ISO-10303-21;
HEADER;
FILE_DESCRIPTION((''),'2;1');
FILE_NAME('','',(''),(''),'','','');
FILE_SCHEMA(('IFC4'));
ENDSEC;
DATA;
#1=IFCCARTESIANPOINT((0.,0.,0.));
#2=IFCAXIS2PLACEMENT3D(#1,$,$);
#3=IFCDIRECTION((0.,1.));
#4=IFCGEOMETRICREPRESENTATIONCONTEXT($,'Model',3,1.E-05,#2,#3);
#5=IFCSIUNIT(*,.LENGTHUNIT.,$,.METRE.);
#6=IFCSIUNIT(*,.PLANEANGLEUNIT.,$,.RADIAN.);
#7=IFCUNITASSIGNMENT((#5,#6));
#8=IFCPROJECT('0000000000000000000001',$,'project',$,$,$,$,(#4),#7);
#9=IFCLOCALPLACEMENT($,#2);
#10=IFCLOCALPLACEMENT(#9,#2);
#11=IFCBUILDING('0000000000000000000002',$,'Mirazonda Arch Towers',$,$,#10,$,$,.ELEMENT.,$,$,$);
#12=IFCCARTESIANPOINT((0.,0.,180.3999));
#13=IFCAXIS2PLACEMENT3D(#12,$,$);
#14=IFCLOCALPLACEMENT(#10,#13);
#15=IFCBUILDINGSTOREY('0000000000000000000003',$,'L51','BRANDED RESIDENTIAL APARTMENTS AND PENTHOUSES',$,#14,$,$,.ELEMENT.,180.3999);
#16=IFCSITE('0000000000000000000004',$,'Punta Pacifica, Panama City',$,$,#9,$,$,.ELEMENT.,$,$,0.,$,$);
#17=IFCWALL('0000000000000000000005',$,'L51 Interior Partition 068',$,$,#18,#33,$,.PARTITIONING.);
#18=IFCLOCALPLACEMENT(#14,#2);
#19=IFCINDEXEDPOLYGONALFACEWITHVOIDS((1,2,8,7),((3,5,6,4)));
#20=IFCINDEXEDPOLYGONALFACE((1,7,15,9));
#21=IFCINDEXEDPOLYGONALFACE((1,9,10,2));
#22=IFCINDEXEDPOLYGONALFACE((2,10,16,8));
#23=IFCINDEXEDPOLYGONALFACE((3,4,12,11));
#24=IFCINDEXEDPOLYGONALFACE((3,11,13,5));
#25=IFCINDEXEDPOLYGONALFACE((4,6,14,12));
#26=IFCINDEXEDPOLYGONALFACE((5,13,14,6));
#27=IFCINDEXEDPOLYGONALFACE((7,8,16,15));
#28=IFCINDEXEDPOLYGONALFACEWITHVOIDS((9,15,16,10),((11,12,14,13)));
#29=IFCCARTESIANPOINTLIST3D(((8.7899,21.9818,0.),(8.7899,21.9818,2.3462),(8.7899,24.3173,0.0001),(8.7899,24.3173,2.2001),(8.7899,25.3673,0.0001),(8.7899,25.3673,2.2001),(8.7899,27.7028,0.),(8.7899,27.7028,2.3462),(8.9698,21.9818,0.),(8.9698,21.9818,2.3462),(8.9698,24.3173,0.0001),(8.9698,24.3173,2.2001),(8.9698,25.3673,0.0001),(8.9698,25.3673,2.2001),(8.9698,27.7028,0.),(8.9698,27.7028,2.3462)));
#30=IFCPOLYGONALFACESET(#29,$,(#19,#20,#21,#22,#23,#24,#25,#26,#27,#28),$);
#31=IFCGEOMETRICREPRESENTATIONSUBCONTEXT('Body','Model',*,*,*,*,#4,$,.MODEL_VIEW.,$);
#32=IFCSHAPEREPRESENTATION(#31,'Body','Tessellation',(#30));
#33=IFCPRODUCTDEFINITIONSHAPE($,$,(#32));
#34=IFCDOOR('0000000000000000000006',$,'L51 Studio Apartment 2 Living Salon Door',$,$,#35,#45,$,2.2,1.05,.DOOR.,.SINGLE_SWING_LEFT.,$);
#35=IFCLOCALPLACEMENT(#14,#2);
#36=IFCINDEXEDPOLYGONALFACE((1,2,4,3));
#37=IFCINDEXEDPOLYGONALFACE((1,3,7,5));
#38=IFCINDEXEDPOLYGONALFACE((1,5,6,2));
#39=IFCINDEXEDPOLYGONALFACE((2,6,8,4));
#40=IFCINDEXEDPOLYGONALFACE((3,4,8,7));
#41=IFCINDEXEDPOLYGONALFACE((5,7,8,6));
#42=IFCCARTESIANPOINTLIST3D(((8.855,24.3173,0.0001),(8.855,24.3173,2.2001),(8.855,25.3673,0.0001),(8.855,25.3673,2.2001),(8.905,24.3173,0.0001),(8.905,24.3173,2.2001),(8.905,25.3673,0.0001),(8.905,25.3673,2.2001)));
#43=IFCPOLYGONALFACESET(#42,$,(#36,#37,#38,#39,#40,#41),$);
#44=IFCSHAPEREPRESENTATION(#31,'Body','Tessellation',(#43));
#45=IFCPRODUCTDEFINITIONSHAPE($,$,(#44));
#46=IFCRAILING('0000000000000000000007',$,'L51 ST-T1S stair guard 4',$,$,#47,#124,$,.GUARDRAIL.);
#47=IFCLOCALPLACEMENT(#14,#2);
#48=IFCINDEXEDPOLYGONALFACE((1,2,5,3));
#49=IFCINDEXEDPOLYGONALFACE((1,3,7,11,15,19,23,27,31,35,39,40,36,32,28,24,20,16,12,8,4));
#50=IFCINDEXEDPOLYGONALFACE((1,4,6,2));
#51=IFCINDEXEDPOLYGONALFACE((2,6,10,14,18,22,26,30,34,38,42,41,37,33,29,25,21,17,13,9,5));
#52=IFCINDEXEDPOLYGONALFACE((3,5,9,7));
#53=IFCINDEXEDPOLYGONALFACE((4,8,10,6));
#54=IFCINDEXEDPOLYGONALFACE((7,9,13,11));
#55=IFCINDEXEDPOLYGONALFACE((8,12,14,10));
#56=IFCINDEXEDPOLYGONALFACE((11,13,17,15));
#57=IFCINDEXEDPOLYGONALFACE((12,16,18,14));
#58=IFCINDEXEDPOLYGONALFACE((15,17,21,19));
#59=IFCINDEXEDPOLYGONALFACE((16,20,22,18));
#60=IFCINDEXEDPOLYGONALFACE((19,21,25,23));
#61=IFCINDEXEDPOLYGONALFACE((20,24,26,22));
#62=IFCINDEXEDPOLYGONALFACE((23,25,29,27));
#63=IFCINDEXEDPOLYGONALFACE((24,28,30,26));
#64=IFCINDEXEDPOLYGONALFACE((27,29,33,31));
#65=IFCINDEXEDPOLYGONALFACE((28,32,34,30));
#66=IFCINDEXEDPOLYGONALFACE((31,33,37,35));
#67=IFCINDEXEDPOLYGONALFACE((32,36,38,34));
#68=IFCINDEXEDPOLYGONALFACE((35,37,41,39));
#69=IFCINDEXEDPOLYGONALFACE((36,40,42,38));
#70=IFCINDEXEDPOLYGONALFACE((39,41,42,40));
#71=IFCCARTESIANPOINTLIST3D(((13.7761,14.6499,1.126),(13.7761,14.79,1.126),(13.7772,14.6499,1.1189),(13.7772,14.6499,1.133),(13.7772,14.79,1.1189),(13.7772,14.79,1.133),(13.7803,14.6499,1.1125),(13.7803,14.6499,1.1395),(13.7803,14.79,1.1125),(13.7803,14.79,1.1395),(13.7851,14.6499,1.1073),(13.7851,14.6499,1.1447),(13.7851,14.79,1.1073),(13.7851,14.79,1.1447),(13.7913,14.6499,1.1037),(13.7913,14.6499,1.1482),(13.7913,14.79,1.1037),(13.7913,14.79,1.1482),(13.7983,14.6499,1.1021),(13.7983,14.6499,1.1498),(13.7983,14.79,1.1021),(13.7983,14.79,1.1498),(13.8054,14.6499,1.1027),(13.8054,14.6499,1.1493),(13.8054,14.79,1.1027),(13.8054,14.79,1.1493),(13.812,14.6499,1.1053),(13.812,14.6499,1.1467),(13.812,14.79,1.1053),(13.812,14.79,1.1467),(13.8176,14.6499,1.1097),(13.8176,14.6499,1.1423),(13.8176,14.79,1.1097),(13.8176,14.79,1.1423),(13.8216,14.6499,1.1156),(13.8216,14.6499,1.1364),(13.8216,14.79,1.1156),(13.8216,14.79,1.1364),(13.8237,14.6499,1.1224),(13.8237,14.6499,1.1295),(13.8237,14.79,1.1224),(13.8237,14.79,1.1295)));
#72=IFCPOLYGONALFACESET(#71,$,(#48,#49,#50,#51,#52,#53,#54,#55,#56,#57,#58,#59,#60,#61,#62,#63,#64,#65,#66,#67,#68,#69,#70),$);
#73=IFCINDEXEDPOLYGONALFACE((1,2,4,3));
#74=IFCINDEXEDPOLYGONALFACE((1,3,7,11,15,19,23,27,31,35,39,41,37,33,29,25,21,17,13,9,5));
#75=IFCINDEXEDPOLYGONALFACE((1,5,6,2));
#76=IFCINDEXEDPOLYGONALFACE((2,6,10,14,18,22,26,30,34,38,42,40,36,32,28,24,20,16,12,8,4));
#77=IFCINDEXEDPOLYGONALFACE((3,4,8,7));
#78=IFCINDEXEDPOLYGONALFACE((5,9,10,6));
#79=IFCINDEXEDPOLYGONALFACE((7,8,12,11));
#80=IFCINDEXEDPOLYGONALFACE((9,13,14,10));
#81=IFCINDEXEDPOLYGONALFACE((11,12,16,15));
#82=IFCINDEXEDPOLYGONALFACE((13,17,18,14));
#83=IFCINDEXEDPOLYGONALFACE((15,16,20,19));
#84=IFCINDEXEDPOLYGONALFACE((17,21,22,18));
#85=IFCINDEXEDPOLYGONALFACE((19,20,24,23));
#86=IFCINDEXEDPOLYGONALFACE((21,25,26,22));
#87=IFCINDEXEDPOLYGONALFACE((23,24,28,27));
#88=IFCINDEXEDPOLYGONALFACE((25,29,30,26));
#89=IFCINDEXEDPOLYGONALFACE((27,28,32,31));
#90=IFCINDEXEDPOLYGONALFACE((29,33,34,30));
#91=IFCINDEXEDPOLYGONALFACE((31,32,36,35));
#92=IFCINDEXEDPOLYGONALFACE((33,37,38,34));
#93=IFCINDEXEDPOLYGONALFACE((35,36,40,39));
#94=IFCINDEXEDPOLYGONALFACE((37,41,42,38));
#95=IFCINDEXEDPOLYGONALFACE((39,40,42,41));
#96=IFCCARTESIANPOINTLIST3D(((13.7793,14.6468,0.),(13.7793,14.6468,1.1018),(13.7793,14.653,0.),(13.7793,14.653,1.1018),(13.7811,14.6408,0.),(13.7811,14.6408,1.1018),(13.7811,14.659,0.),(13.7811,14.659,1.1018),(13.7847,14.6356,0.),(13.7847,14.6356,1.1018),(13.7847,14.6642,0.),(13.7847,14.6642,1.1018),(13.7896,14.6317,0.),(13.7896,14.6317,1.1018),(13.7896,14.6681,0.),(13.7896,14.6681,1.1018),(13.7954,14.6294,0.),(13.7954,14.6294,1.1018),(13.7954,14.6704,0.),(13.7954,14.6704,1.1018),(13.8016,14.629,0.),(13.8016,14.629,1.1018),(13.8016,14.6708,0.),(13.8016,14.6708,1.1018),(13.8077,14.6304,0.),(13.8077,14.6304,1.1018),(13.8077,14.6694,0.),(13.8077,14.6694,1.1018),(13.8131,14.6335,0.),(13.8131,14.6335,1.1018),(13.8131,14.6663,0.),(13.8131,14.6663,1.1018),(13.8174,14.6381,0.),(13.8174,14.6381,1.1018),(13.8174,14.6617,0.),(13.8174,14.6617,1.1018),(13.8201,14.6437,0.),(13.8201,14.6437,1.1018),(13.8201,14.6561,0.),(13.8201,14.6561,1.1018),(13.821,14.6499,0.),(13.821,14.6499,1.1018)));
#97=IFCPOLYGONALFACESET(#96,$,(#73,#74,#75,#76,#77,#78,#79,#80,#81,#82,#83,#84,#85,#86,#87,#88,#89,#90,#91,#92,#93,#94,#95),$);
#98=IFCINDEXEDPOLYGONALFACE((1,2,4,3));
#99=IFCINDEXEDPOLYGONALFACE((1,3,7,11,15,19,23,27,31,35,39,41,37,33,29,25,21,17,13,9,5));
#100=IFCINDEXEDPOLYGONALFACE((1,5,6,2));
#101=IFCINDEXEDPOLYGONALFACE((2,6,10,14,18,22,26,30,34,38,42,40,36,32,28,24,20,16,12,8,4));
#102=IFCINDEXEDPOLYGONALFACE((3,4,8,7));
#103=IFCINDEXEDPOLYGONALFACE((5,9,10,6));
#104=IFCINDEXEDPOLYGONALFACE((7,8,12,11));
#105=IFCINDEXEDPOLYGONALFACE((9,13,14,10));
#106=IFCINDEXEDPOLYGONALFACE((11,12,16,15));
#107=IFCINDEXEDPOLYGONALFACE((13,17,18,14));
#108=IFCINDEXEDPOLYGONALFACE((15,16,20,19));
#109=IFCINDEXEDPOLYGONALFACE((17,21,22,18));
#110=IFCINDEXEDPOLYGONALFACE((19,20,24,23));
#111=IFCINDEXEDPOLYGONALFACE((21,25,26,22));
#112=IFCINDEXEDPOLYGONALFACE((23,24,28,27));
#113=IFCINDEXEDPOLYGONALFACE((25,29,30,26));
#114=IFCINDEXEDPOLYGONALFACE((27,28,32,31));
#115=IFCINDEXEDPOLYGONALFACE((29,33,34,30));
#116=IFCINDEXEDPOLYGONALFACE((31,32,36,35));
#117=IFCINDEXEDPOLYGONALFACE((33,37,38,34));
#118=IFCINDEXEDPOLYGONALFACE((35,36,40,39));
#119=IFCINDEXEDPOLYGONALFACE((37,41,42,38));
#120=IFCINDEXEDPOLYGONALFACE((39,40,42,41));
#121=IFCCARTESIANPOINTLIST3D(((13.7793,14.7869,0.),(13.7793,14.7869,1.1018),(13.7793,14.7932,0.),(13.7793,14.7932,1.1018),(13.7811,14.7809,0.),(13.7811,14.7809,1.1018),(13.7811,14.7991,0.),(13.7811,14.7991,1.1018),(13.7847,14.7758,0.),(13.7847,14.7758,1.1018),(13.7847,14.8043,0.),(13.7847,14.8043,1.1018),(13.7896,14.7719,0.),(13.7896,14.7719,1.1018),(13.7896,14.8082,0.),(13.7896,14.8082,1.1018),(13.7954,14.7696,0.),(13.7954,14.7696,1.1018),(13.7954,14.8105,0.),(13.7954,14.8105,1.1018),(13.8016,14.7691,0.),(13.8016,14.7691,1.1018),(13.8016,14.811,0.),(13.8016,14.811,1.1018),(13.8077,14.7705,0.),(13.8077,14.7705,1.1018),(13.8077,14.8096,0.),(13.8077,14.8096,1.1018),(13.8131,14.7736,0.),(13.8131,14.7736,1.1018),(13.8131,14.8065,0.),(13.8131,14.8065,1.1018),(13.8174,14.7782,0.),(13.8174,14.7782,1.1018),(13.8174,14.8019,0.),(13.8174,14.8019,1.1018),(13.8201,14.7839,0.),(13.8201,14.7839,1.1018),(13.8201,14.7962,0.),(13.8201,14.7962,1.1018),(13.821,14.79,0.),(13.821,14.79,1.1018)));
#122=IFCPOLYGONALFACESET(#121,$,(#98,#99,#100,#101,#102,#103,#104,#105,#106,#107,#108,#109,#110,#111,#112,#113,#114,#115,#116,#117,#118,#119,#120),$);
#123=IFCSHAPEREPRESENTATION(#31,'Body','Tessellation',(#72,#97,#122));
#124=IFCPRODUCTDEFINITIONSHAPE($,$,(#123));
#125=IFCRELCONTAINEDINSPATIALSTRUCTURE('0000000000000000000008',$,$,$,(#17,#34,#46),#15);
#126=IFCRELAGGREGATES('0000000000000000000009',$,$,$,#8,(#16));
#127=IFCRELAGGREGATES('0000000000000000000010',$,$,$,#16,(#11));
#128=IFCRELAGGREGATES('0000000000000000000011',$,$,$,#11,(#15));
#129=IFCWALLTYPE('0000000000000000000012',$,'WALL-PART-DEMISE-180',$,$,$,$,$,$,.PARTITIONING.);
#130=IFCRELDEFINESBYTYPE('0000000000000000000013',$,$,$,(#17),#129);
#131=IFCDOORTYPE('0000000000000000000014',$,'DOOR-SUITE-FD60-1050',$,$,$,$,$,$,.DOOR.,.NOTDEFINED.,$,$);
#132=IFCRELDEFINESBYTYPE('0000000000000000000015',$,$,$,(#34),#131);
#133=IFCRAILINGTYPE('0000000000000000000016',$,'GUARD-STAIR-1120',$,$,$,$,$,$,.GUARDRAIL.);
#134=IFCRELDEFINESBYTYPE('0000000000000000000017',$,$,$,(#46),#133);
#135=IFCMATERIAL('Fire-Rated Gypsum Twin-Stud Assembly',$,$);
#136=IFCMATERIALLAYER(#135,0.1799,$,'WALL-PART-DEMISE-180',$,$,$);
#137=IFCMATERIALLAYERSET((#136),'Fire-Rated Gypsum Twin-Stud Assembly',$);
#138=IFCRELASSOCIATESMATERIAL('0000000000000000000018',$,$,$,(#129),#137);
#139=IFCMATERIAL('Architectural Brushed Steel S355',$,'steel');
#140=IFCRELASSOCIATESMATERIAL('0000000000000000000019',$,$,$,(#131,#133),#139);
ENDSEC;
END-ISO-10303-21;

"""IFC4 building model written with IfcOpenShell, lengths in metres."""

from ifc_helpers import new_model, si_unit, direction, frame, frame_2d, origin, origin_2d, place, context, subcontext, project, spatial, rectangle, circle, extrude, material, layer, layer_set, type_object, element, fill, save


model = new_model("IFC4")

# Units and contexts
model_context = context("Model", 3, precision=1e-05, world=origin(), true_north=direction((0.0, 1.0)))
body_context = subcontext(model_context, "Body", "Model", "MODEL_VIEW")
ifc_project = project(units=[si_unit("LENGTHUNIT", "METRE"), si_unit("PLANEANGLEUNIT", "RADIAN")], contexts=[model_context])

# Site, building, storey
site_placement = place(None, origin())
site = spatial("IfcSite", under=ifc_project, at=site_placement, Name="Punta Pacifica, Panama City", CompositionType="ELEMENT", RefElevation=0.0)
building_placement = place(site_placement, origin())
building = spatial("IfcBuilding", under=site, at=building_placement, Name="Mirazonda Arch Towers", CompositionType="ELEMENT")
storey_placement = place(building_placement, frame((0.0, 0.0, 180.3999)))
storey = spatial("IfcBuildingStorey", under=building, at=storey_placement, Name="L51", Description="BRANDED RESIDENTIAL APARTMENTS AND PENTHOUSES", CompositionType="ELEMENT", Elevation=180.3999)

# Shared definitions
ifc_material_1 = material(Name="Architectural Brushed Steel S355", Category="steel")

# Shared definitions
ifc_material_2 = material(Name="Fire-Rated Gypsum Twin-Stud Assembly")
ifc_layer_1 = layer(ifc_material_2, 0.1799, Name="WALL-PART-DEMISE-180")
ifc_layer_set_1 = layer_set([ifc_layer_1], Name="Fire-Rated Gypsum Twin-Stud Assembly")
wall_type_1 = type_object("IfcWallType", Name="WALL-PART-DEMISE-180", PredefinedType="PARTITIONING", material=ifc_layer_set_1)

# Wall, opening, door
wall_1_placement = place(storey_placement, frame((8.8799, 21.9819, 0.0), z_axis=(0.0, 0.0, 1.0), x_axis=(0.0, 1.0, 0.0)))
wall_1 = element("IfcWall", 1, at=wall_1_placement, inside=storey, type_object=wall_type_1, Name="L51 Interior Partition 068", PredefinedType="PARTITIONING", context=body_context, shape_type="SweptSolid", body=[
    extrude(rectangle(XDim=5.7209, YDim=0.1799, at=frame_2d((2.8604, 0.0))), origin(), (0.0, 0.0, 1.0), 2.3462),
])
opening_1_placement = place(wall_1_placement, frame((2.3354, 0.0, 0.0)))
opening_1 = element("IfcOpeningElement", 2, at=opening_1_placement, cuts=wall_1, PredefinedType="OPENING", context=body_context, shape_type="SweptSolid", body=[
    extrude(rectangle(XDim=1.05, YDim=2.2, at=frame_2d((0.5249, 1.1001))), frame((0.0, 0.0999, 0.0), z_axis=(0.0, -1.0, 0.0), x_axis=(1.0, 0.0, 0.0)), (0.0, 0.0, 1.0), 0.2),
])
door_type_1 = type_object("IfcDoorType", Name="DOOR-SUITE-FD60-1050", OperationType="NOTDEFINED", PredefinedType="DOOR", material=ifc_material_1)
door_1_placement = place(opening_1_placement, origin())
door_1 = element("IfcDoor", 3, at=door_1_placement, inside=storey, type_object=door_type_1, Name="L51 Studio Apartment 2 Living Salon Door", OperationType="SINGLE_SWING_LEFT", OverallHeight=2.2, OverallWidth=1.05, PredefinedType="DOOR", context=body_context, shape_type="SweptSolid", body=[
    extrude(rectangle(XDim=1.05, YDim=2.2, at=frame_2d((0.5249, 1.1001))), frame((0.0, 0.0249, 0.0), z_axis=(0.0, -1.0, 0.0), x_axis=(1.0, 0.0, 0.0)), (0.0, 0.0, 1.0), 0.05),
])
fill(opening_1, door_1)

# Railing
railing_type = type_object("IfcRailingType", Name="GUARD-STAIR-1120", PredefinedType="GUARDRAIL", material=ifc_material_1)
railing_placement = place(storey_placement, frame((13.8, 14.6499, 0.0)))
element("IfcRailing", 4, at=railing_placement, inside=storey, type_object=railing_type, Name="L51 ST-T1S stair guard 4", PredefinedType="GUARDRAIL", context=body_context, shape_type="SweptSolid", body=[
    extrude(circle(Radius=0.0239, at=origin_2d()), frame((0.0, 0.0, 1.126), z_axis=(0.0, 1.0, 0.0), x_axis=(-1.0, 0.0, 0.0)), (0.0, 0.0, 1.0), 0.1401),
    extrude(circle(Radius=0.021, at=origin_2d()), origin(), (0.0, 0.0, 1.0), 1.1018),
    extrude(circle(Radius=0.021, at=origin_2d()), frame((0.0, 0.1401, 0.0)), (0.0, 0.0, 1.0), 1.1018),
])

save(model, "model.ifc")
